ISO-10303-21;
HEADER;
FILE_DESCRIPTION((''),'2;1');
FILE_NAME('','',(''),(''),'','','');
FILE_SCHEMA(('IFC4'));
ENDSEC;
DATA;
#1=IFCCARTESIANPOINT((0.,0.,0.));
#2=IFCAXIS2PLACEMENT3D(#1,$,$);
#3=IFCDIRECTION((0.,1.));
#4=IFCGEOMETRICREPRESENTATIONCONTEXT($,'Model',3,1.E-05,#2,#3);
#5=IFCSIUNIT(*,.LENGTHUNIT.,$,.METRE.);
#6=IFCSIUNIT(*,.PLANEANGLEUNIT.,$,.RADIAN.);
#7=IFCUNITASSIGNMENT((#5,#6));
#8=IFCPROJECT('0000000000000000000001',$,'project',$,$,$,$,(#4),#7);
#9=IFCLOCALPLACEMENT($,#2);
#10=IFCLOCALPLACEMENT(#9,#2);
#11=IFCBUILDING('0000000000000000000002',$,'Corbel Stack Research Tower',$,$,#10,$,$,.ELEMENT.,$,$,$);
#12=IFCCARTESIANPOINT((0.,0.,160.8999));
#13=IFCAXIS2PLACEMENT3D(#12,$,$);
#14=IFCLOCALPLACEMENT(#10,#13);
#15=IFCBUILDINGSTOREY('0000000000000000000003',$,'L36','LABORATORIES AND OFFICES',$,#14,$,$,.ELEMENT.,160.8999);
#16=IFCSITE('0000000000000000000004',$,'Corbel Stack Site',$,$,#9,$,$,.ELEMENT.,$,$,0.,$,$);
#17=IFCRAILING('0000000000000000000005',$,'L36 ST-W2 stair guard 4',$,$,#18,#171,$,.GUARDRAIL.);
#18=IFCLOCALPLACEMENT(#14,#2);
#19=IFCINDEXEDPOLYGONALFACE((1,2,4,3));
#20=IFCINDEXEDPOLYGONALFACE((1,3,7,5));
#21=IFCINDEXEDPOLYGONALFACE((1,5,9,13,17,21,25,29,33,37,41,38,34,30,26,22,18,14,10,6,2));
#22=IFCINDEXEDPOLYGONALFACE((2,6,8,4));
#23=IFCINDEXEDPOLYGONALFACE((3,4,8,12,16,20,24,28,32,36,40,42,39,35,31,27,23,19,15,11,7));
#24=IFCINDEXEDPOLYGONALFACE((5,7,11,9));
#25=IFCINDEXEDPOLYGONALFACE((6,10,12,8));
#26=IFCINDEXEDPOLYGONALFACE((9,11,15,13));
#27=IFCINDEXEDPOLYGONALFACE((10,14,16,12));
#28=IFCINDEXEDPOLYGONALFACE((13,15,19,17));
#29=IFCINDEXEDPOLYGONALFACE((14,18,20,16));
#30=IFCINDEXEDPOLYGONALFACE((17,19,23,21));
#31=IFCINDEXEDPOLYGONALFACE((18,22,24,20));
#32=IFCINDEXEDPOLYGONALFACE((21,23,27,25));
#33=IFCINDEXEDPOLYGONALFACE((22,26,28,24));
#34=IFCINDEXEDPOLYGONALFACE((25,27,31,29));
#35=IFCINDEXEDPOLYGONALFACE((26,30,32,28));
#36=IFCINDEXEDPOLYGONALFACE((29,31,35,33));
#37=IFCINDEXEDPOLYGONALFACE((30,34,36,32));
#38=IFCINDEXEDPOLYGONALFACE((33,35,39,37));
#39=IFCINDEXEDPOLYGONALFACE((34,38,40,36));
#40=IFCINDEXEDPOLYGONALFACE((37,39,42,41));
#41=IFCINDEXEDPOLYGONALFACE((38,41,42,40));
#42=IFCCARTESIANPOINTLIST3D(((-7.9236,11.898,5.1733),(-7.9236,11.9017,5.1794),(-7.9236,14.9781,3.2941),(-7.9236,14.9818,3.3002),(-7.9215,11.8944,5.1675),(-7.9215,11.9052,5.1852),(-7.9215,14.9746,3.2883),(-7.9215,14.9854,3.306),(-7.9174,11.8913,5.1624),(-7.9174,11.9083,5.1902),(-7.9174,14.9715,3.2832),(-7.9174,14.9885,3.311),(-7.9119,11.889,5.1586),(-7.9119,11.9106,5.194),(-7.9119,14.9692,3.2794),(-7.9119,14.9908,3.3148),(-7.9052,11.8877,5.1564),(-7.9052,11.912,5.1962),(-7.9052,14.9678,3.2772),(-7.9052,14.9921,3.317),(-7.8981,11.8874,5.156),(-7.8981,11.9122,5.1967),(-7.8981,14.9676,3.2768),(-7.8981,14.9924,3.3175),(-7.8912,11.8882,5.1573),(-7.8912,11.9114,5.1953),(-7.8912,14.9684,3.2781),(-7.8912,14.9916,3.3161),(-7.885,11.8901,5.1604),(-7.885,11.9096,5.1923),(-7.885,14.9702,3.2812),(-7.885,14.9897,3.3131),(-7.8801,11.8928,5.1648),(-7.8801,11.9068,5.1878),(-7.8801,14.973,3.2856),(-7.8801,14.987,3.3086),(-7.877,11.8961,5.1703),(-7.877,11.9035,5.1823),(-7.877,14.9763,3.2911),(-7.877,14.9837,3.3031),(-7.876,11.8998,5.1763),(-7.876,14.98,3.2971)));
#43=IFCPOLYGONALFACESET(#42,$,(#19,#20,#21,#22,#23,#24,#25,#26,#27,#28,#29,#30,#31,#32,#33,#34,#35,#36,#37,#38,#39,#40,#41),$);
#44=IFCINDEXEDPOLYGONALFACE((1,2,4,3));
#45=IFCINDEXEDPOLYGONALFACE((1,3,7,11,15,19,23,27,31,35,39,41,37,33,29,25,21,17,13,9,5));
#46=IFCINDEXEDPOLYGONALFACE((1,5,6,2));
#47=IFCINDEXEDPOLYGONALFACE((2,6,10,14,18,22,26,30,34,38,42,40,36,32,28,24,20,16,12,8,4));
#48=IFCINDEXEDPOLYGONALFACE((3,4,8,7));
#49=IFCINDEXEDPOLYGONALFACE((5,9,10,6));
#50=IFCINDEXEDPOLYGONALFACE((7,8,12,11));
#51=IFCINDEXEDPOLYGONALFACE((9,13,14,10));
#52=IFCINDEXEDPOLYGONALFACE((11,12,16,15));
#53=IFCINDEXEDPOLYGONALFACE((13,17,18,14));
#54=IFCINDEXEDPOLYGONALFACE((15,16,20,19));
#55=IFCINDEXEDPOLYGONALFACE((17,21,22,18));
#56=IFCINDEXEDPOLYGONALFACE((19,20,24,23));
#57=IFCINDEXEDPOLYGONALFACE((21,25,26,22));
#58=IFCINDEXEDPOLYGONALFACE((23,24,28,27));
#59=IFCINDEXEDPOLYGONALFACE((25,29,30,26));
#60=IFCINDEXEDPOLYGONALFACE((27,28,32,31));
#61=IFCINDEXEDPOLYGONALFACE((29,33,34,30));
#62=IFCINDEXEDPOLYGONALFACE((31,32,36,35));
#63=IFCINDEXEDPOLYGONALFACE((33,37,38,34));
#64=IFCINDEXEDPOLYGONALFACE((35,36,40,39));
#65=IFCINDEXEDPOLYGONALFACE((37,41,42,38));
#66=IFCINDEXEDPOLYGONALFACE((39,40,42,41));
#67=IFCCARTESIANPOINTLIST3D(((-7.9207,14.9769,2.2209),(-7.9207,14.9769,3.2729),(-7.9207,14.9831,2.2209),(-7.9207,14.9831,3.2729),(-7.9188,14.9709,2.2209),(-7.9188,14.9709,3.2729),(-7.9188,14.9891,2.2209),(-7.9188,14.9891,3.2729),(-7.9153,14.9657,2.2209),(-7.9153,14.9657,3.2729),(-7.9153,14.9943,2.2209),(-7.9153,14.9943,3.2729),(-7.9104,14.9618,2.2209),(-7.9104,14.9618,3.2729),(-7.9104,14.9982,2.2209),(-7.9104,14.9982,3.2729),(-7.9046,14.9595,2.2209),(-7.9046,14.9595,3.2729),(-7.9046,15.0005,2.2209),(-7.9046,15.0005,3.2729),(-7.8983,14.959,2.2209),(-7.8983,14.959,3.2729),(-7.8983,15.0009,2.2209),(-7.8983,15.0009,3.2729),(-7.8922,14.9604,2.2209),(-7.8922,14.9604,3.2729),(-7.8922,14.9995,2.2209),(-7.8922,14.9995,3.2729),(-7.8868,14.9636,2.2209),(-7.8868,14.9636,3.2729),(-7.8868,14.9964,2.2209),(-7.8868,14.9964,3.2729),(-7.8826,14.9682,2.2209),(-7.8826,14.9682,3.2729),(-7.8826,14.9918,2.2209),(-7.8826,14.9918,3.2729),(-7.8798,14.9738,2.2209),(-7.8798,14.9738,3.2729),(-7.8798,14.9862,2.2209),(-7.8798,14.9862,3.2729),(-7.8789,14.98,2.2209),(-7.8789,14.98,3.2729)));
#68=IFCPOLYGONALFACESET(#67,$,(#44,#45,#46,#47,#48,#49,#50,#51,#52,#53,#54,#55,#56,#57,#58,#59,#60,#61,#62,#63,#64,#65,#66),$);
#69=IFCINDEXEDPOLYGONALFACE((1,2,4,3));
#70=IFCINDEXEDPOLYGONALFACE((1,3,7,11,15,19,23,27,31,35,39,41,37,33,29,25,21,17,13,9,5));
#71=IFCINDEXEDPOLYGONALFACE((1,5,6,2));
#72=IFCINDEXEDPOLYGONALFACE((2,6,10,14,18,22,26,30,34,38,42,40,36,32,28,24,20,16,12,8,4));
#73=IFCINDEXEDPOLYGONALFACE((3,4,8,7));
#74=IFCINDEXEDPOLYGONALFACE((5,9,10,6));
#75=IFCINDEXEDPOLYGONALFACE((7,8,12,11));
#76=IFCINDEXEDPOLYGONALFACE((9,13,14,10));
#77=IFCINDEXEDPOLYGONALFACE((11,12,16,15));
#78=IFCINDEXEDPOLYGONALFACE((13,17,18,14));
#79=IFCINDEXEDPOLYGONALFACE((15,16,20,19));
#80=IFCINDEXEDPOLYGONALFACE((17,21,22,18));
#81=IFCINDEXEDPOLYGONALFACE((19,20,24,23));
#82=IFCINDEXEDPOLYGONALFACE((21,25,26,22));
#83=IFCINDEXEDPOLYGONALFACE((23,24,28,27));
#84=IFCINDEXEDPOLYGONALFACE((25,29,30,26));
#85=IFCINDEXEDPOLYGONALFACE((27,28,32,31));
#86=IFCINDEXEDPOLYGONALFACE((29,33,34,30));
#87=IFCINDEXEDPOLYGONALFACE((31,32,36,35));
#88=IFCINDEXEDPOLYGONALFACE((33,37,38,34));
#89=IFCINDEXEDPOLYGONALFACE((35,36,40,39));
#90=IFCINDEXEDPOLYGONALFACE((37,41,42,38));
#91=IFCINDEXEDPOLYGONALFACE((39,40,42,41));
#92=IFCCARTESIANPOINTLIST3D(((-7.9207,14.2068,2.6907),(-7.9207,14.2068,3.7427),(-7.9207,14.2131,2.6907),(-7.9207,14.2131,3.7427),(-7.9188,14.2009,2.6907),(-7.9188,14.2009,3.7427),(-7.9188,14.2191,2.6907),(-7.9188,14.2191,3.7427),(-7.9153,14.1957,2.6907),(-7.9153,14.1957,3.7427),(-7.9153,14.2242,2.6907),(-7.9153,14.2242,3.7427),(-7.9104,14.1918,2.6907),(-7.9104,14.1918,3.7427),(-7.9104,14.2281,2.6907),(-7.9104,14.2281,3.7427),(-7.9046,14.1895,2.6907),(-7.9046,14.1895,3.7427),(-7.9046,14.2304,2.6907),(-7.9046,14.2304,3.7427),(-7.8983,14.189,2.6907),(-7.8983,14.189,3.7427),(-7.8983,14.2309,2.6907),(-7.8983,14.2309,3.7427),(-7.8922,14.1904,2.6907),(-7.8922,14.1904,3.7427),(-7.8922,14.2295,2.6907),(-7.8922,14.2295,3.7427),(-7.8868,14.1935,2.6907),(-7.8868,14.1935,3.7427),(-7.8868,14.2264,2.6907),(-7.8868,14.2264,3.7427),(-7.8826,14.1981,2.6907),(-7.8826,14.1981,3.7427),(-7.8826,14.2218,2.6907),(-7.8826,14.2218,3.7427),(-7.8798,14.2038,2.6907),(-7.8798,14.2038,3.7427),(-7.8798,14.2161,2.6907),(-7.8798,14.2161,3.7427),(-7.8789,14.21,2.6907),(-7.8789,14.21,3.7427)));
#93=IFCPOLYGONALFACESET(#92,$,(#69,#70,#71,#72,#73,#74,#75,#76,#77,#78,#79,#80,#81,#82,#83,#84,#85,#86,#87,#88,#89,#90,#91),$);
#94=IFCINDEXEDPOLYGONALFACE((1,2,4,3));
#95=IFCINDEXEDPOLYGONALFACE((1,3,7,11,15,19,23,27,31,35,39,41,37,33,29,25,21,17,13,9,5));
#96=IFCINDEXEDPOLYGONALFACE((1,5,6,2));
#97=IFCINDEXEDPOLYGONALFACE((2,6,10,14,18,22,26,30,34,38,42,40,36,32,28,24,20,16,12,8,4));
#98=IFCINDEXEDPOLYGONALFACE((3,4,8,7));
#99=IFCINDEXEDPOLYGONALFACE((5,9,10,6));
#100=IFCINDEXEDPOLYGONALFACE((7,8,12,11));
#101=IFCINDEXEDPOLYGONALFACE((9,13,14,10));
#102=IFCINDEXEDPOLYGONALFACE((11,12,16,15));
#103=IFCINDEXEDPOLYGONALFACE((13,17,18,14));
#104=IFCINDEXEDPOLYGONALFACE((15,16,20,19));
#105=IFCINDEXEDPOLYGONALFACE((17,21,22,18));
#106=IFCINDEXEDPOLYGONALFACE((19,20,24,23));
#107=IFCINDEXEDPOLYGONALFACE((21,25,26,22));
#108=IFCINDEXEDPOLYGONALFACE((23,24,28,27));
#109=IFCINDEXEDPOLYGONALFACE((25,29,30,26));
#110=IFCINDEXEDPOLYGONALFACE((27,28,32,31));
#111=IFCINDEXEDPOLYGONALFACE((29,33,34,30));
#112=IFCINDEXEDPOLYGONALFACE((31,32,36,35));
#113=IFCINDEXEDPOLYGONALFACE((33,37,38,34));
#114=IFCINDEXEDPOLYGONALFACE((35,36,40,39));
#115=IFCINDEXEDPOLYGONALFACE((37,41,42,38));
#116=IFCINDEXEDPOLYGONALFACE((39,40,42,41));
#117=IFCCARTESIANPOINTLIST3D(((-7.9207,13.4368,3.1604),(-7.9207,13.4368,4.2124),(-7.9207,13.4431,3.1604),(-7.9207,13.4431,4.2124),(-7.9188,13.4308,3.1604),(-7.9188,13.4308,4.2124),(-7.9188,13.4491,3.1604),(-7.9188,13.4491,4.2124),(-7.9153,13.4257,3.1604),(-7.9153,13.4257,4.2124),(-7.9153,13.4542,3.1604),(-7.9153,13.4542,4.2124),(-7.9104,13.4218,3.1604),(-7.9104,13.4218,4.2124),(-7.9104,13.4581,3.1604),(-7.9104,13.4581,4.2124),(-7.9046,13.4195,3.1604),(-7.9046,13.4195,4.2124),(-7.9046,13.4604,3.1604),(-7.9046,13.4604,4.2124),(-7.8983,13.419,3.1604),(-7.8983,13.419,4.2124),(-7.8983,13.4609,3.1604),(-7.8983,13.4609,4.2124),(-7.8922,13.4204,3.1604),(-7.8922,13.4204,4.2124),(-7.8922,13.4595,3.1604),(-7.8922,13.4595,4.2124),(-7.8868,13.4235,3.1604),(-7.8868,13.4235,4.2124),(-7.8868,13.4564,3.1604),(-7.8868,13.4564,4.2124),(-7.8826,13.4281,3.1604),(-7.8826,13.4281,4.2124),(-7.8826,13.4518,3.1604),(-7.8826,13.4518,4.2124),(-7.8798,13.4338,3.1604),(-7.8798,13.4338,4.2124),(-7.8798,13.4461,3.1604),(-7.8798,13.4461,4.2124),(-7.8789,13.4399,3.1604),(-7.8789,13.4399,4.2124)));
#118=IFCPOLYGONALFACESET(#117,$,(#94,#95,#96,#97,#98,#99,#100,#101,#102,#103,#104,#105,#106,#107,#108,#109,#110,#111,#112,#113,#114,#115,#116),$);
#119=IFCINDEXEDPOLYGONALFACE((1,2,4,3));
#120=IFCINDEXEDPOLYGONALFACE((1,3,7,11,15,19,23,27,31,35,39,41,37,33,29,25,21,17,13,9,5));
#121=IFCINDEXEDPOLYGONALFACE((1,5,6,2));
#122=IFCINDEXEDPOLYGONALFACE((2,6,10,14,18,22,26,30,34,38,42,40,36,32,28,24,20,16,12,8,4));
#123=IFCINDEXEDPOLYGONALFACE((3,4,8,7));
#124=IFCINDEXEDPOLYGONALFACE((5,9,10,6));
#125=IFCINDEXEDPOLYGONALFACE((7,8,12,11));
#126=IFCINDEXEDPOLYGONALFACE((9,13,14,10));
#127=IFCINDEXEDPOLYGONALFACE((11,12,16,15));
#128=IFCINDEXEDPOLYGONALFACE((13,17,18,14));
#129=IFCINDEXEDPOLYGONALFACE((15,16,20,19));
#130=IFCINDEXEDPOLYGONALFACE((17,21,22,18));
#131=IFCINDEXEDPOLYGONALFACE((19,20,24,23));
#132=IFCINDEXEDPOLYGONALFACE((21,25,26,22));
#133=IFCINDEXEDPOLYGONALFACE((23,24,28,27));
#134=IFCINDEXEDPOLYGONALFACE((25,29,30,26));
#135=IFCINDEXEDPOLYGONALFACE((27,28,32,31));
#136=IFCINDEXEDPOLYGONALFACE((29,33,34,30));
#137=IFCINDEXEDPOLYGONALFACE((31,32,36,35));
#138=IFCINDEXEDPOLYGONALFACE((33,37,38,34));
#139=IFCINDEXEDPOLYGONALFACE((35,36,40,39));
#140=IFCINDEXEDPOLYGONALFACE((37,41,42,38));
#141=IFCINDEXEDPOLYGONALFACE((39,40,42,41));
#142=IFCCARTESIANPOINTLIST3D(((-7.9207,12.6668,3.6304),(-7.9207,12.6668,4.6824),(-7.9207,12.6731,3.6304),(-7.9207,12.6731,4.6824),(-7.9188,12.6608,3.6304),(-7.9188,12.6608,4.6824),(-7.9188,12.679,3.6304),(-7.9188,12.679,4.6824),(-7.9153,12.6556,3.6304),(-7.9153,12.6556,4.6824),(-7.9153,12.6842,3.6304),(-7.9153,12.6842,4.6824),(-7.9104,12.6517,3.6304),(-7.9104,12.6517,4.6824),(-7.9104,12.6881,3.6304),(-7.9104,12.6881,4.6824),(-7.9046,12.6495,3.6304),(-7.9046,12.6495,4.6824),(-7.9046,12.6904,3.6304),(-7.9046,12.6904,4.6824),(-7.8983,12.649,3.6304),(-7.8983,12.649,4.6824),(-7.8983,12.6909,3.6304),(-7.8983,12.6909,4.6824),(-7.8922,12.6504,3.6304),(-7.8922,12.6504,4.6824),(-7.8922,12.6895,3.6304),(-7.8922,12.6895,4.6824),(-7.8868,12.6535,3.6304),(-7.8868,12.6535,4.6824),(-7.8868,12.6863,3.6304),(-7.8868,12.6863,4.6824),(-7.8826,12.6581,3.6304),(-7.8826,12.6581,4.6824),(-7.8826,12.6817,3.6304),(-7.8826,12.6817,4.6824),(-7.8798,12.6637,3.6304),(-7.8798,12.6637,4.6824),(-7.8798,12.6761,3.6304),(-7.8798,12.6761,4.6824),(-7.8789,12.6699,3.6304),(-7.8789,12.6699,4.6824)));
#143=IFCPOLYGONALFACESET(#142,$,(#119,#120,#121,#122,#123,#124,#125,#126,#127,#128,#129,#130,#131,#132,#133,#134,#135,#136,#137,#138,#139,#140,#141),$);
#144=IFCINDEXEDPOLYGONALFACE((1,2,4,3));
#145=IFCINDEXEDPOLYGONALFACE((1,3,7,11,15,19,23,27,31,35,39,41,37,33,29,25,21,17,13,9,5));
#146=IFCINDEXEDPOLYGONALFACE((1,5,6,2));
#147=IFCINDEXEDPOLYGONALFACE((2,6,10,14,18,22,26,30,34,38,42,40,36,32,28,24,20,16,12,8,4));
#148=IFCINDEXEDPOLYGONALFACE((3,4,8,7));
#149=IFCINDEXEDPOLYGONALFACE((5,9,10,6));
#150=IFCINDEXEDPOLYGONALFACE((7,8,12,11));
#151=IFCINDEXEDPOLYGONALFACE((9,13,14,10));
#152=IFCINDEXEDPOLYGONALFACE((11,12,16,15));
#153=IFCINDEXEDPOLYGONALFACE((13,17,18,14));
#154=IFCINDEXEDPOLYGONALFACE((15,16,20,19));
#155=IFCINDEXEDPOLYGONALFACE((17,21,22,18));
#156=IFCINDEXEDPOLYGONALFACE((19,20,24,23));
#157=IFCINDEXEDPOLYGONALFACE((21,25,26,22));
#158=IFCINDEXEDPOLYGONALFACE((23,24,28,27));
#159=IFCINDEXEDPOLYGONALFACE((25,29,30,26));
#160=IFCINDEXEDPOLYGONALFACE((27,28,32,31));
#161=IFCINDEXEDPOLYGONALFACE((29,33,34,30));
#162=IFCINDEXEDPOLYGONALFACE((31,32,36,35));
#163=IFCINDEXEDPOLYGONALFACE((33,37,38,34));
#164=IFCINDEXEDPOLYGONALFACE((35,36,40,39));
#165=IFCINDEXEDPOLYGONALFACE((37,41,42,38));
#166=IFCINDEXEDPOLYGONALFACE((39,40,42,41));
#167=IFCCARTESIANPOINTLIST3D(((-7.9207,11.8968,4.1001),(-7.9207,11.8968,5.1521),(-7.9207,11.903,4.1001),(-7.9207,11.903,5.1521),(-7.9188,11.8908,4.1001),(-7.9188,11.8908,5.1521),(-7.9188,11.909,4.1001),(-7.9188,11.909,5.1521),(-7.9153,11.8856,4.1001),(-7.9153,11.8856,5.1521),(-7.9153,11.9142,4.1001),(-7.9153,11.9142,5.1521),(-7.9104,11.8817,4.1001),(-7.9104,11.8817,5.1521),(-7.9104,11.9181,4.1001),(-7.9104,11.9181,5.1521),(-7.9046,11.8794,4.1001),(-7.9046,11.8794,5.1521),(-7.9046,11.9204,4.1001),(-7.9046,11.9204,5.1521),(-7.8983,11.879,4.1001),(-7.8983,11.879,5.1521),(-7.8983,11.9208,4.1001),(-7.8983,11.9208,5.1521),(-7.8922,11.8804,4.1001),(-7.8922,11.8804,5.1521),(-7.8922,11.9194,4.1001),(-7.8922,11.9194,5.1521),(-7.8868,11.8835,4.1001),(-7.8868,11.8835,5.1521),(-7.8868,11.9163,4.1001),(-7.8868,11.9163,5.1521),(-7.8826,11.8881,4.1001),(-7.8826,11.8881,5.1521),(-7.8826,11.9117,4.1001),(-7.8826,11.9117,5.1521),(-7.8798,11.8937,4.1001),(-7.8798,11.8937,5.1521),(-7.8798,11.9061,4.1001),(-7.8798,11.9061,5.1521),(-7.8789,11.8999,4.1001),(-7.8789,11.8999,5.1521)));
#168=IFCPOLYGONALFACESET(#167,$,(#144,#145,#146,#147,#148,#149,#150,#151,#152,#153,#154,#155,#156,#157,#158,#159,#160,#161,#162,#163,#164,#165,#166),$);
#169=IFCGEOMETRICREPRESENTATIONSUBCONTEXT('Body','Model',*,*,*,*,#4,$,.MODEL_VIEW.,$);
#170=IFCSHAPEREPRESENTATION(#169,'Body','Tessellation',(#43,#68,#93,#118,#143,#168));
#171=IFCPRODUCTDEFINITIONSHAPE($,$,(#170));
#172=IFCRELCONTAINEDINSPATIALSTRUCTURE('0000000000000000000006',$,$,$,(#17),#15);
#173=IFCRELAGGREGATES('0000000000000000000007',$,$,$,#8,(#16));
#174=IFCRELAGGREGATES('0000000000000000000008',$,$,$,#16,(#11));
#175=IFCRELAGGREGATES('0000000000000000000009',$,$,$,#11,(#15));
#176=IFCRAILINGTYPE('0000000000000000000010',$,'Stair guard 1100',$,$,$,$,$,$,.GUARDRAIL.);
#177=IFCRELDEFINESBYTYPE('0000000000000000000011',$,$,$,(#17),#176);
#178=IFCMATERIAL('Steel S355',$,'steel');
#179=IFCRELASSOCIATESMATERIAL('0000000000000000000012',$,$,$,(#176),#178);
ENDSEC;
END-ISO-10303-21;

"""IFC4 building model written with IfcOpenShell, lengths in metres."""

from ifc_helpers import new_model, si_unit, direction, frame, origin, origin_2d, place, context, subcontext, project, spatial, circle, extrude, material, type_object, element, save


model = new_model("IFC4")

# Units and contexts
model_context = context("Model", 3, precision=1e-05, world=origin(), true_north=direction((0.0, 1.0)))
body_context = subcontext(model_context, "Body", "Model", "MODEL_VIEW")
ifc_project = project(units=[si_unit("LENGTHUNIT", "METRE"), si_unit("PLANEANGLEUNIT", "RADIAN")], contexts=[model_context])

# Site, building, storey
site_placement = place(None, origin())
site = spatial("IfcSite", under=ifc_project, at=site_placement, Name="Corbel Stack Site", CompositionType="ELEMENT", RefElevation=0.0)
building_placement = place(site_placement, origin())
building = spatial("IfcBuilding", under=site, at=building_placement, Name="Corbel Stack Research Tower", CompositionType="ELEMENT")
storey_placement = place(building_placement, frame((0.0, 0.0, 160.8999)))
storey = spatial("IfcBuildingStorey", under=building, at=storey_placement, Name="L36", Description="LABORATORIES AND OFFICES", CompositionType="ELEMENT", Elevation=160.8999)

# Railing
ifc_material_1 = material(Name="Steel S355", Category="steel")
railing_type_1 = type_object("IfcRailingType", Name="Stair guard 1100", PredefinedType="GUARDRAIL", material=ifc_material_1)
railing_1_placement = place(storey_placement, frame((-7.8999, 14.98, 2.2209)))
element("IfcRailing", 1, at=railing_1_placement, inside=storey, type_object=railing_type_1, Name="L36 ST-W2 stair guard 4", PredefinedType="GUARDRAIL", context=body_context, shape_type="SweptSolid", body=[
    extrude(circle(Radius=0.0239, at=origin_2d()), frame((0.0, 0.0, 1.0762), z_axis=(0.0, -0.853666, 0.52082), x_axis=(1.0, 0.0, 0.0)), (0.0, 0.0, 1.0), 3.6082),
    extrude(circle(Radius=0.021, at=origin_2d()), origin(), (0.0, 0.0, 1.0), 1.052),
    extrude(circle(Radius=0.021, at=origin_2d()), frame((0.0, -0.77, 0.4697)), (0.0, 0.0, 1.0), 1.052),
    extrude(circle(Radius=0.021, at=origin_2d()), frame((0.0, -1.54, 0.9395)), (0.0, 0.0, 1.0), 1.052),
    extrude(circle(Radius=0.021, at=origin_2d()), frame((0.0, -2.3101, 1.4094)), (0.0, 0.0, 1.0), 1.052),
    extrude(circle(Radius=0.021, at=origin_2d()), frame((0.0, -3.0801, 1.8792)), (0.0, 0.0, 1.0), 1.052),
])

save(model, "model.ifc")
